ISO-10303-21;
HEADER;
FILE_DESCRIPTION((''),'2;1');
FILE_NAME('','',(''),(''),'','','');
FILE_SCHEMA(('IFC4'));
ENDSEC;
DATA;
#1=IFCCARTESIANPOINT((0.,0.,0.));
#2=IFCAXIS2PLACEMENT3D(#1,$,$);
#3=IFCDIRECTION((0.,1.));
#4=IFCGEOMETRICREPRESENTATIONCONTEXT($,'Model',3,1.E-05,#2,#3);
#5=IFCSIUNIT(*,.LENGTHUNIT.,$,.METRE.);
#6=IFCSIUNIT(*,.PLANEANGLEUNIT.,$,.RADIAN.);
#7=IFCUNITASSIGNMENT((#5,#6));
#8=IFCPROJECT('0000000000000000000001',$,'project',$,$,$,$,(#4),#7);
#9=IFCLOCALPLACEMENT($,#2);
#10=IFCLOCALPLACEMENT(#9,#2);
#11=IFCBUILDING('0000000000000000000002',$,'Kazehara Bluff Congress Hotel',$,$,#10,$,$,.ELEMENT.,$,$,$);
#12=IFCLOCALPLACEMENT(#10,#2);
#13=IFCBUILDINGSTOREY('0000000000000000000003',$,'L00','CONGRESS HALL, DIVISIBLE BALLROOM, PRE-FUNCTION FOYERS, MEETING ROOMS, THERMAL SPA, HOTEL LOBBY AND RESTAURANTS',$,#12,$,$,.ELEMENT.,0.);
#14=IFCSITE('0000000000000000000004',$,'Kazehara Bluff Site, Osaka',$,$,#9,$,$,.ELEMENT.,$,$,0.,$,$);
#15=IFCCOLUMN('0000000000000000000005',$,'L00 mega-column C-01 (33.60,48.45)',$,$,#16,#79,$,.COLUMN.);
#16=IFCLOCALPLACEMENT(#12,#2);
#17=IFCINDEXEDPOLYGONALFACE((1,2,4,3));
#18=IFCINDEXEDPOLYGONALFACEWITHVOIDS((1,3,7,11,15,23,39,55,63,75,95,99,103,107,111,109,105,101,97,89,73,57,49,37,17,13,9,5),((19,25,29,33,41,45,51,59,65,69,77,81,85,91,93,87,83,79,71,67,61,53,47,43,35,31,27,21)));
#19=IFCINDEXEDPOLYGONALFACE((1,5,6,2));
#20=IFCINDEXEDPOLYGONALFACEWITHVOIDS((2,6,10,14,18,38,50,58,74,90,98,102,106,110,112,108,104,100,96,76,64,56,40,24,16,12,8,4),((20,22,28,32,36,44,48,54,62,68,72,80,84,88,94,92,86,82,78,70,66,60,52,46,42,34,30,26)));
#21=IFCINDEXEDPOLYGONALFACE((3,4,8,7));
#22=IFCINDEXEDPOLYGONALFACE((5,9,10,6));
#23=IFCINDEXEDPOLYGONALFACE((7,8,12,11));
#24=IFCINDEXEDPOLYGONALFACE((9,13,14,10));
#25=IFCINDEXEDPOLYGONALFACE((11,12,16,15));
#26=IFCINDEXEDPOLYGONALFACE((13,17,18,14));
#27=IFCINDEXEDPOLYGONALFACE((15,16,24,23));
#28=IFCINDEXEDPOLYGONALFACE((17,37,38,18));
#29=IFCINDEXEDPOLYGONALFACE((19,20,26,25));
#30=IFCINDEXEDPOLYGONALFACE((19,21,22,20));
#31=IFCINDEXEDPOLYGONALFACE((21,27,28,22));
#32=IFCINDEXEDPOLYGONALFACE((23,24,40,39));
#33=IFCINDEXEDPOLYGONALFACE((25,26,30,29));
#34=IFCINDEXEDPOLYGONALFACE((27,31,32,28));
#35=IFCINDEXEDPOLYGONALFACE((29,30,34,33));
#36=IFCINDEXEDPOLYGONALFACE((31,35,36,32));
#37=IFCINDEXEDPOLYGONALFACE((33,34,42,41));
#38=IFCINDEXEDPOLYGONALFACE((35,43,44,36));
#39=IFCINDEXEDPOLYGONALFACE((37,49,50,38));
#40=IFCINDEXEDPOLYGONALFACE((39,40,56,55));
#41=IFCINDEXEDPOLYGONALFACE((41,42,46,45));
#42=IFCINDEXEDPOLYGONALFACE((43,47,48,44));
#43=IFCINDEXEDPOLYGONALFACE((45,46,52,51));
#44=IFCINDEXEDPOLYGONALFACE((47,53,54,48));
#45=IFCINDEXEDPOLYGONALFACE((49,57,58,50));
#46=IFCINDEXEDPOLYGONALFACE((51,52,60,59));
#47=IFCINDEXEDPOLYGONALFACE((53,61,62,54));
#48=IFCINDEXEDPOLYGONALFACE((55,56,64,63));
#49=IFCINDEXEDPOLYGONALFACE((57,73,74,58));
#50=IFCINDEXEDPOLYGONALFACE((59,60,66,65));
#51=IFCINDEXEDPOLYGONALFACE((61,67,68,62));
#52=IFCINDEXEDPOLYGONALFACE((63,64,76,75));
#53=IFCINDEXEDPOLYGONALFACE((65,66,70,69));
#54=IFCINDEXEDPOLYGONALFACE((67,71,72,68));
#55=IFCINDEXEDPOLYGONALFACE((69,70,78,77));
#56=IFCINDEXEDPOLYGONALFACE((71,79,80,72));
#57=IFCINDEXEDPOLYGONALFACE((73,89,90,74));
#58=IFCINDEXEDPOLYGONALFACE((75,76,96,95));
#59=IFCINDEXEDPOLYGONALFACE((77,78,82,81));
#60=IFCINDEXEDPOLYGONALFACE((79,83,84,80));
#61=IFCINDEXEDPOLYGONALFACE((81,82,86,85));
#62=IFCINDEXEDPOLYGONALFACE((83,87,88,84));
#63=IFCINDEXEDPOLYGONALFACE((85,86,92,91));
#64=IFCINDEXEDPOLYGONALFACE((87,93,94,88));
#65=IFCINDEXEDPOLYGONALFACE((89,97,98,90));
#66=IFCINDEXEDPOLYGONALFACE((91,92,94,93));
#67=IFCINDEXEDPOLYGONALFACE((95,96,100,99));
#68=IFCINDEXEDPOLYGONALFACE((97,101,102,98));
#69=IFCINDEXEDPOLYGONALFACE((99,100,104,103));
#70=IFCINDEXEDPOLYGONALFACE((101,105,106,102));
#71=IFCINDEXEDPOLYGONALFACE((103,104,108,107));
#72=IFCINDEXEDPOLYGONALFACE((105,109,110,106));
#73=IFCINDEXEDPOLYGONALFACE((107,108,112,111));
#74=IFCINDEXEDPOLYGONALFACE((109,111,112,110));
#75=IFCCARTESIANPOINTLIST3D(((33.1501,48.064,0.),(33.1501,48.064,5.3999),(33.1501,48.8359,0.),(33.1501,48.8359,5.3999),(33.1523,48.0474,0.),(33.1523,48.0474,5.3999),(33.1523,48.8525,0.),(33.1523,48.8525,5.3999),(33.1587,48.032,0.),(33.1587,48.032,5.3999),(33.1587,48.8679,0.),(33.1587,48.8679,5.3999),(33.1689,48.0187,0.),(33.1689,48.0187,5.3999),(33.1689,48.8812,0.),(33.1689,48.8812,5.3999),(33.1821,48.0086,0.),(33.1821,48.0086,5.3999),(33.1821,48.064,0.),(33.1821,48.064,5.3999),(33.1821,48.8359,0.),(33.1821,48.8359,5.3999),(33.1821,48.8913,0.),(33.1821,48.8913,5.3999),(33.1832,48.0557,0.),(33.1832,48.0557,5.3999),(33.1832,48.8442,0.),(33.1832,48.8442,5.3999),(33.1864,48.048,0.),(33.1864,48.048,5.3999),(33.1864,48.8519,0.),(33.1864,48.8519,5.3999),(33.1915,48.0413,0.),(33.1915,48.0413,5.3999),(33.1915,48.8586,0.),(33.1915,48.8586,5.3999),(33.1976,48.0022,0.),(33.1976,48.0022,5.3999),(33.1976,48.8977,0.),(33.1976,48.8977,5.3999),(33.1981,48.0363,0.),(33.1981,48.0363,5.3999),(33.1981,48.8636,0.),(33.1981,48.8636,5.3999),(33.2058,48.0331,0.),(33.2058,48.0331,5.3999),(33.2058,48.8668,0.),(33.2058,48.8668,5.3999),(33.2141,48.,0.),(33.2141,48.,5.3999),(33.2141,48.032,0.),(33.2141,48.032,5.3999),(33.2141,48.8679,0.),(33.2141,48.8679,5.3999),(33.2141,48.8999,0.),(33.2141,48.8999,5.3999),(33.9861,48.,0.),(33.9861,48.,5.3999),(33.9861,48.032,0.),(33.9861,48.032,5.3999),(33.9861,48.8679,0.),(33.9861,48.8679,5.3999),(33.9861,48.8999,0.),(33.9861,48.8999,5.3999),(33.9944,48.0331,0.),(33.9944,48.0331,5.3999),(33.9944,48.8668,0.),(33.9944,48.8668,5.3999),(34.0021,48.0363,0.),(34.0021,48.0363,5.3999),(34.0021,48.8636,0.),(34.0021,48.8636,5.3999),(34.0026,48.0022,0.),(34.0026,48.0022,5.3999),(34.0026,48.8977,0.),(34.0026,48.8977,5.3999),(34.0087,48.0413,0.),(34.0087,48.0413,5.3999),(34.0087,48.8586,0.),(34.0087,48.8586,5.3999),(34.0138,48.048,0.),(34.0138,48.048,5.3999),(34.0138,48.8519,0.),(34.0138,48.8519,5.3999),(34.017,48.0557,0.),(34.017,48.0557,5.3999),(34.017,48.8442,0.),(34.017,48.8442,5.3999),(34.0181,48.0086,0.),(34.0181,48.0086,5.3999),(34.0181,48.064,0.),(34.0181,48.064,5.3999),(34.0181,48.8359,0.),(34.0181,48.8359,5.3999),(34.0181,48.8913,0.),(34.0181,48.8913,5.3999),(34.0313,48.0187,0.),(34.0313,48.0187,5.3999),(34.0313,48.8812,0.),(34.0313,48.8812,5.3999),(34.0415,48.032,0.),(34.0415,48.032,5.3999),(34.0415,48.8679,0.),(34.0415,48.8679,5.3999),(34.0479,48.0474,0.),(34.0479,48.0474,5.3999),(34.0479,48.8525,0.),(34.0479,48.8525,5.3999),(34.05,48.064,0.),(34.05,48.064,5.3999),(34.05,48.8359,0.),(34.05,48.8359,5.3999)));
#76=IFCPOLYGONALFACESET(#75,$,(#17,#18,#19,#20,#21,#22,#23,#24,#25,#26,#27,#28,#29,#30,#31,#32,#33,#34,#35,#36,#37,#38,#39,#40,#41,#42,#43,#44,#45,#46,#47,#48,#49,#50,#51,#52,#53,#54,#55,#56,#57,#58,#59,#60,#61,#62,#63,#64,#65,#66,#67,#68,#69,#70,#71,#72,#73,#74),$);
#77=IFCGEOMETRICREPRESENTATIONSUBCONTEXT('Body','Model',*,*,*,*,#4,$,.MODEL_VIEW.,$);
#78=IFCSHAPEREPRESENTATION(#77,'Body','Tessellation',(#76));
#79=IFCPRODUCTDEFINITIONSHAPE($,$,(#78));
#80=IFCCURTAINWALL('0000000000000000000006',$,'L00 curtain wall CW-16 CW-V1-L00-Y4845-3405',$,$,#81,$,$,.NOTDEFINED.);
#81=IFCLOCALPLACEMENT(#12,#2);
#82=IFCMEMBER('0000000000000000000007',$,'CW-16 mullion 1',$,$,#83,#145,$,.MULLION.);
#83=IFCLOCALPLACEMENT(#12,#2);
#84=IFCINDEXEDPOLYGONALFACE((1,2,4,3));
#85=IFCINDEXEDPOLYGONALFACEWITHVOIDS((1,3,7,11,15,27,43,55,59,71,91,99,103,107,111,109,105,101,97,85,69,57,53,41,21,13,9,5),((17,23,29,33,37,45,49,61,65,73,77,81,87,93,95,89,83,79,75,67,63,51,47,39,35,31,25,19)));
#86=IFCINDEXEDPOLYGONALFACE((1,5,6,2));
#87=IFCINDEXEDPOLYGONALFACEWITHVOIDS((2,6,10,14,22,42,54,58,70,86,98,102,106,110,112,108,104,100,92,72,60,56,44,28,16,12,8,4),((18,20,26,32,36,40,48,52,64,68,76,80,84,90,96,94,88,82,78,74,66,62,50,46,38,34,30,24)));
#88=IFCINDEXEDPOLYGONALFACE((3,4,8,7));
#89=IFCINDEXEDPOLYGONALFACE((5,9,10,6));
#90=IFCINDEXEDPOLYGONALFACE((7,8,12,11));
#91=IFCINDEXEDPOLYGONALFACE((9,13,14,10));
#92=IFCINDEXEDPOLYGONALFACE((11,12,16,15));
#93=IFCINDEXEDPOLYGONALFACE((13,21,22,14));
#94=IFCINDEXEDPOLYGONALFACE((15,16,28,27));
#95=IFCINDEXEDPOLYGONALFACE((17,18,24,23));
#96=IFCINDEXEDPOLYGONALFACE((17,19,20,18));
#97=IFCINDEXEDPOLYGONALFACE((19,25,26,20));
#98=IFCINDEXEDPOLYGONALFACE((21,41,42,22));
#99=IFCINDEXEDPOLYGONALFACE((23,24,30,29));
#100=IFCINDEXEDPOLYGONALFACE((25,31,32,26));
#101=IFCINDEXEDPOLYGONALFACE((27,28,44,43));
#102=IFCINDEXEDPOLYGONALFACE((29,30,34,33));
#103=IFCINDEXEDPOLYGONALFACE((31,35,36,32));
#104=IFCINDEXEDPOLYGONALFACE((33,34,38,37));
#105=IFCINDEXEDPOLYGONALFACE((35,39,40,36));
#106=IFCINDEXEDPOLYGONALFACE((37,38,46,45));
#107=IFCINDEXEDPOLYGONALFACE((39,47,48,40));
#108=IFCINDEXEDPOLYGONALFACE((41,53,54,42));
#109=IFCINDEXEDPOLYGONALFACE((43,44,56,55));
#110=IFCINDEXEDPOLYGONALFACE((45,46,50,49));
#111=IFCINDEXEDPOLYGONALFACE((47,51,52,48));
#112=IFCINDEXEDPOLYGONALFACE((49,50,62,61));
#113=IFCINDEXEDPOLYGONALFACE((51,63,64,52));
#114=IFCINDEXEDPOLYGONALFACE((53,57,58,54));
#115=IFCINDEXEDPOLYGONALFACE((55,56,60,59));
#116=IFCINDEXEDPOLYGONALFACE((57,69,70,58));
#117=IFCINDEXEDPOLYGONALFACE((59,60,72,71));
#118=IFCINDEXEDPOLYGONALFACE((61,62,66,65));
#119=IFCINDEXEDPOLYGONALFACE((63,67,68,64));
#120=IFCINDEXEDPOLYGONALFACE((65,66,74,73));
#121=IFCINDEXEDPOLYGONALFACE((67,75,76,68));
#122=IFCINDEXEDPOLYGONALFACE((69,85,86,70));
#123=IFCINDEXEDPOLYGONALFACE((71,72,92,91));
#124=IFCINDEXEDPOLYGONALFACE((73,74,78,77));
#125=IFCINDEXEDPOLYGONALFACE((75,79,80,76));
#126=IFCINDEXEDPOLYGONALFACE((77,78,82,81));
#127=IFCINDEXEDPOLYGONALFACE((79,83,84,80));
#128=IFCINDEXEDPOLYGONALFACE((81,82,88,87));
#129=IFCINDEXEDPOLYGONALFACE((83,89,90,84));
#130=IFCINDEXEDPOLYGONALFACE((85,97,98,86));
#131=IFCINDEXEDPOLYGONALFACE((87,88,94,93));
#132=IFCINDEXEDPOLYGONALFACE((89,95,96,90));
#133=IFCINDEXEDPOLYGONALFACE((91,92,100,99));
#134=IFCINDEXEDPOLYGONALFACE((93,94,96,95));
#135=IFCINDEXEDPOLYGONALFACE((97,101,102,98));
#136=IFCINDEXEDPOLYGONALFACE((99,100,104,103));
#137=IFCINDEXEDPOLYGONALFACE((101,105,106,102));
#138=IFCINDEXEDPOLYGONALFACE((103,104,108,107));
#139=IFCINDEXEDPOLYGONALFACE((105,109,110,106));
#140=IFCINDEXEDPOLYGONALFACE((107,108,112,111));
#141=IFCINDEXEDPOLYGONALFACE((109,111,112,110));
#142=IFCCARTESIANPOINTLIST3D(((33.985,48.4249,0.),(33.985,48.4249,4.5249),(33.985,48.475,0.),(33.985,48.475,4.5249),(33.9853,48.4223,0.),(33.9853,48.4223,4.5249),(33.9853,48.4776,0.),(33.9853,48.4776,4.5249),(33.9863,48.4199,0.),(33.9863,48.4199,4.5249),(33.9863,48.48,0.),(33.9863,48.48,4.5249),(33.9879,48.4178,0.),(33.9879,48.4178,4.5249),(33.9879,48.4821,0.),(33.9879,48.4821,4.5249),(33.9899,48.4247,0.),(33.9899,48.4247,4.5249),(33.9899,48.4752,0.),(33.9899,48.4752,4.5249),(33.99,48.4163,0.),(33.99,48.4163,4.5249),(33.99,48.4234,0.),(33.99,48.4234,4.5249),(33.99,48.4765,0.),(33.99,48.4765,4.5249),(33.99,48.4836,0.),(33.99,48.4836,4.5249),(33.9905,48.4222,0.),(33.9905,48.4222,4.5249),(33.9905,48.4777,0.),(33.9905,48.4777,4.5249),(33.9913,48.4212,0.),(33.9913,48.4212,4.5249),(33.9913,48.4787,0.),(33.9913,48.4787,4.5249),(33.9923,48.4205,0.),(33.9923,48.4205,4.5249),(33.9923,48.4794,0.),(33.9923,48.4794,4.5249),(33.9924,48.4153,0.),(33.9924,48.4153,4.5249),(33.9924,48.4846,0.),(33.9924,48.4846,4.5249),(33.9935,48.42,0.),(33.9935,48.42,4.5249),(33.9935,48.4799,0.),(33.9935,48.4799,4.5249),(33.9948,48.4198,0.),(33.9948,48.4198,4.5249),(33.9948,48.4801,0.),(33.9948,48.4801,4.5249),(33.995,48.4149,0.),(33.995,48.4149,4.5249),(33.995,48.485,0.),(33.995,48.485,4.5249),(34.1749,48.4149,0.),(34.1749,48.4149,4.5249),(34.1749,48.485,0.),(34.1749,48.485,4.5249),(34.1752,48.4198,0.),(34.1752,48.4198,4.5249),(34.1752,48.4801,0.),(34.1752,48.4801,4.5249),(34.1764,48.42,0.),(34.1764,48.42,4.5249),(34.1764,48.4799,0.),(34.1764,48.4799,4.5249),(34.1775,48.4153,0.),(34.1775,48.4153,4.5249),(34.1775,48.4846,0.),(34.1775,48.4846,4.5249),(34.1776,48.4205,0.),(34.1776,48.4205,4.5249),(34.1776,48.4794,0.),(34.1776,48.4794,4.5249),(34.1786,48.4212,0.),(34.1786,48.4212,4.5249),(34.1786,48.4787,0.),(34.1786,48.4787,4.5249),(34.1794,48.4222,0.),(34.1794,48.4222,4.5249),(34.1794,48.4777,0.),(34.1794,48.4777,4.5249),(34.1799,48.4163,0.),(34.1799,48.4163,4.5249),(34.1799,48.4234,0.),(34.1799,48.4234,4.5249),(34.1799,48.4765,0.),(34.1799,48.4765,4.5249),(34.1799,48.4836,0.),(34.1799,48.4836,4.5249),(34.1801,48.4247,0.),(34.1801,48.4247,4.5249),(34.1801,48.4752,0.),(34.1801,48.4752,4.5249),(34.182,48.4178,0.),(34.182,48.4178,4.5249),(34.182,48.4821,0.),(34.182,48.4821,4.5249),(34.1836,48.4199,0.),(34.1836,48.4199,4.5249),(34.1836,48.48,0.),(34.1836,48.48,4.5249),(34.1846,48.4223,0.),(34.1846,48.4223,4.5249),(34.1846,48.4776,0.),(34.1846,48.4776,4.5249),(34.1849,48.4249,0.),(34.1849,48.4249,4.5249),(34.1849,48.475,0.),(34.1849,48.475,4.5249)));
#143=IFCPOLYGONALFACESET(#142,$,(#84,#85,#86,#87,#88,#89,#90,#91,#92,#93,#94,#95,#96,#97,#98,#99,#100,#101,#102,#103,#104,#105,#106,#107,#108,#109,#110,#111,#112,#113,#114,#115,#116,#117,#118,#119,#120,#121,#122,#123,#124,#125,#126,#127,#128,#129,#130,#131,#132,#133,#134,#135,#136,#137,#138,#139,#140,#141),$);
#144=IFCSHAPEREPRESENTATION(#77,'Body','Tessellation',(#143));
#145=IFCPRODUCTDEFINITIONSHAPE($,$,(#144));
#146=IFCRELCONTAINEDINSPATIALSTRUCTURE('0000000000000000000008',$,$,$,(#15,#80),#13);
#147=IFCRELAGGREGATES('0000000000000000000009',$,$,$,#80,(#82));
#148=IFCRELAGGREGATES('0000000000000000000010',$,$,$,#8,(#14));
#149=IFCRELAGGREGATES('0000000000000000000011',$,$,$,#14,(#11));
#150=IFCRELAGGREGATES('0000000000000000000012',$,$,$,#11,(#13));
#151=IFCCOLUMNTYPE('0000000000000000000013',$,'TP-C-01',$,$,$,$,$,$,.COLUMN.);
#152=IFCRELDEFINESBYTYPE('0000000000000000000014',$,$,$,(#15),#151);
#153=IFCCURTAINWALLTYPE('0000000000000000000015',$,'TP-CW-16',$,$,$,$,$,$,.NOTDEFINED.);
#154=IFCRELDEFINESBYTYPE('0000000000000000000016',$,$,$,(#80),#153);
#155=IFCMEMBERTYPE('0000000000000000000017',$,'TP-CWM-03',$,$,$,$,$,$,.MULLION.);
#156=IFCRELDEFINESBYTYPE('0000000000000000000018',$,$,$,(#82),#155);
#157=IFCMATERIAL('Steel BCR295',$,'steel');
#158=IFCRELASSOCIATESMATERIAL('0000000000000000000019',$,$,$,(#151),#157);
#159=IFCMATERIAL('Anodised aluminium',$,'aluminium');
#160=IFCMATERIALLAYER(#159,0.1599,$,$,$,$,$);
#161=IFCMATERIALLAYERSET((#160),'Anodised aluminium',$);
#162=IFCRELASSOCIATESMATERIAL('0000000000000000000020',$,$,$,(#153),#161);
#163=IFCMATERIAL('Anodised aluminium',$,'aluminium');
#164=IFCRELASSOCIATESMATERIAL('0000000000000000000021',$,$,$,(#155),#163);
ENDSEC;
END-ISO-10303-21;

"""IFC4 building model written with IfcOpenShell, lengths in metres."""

from ifc_helpers import new_model, si_unit, direction, frame, origin, origin_2d, place, context, subcontext, project, spatial, hollow_rectangle, extrude, material, layer, layer_set, material_profile, profile_set, type_object, element, aggregate, save


model = new_model("IFC4")

# Units and contexts
model_context = context("Model", 3, precision=1e-05, world=origin(), true_north=direction((0.0, 1.0)))
body_context = subcontext(model_context, "Body", "Model", "MODEL_VIEW")
ifc_project = project(units=[si_unit("LENGTHUNIT", "METRE"), si_unit("PLANEANGLEUNIT", "RADIAN")], contexts=[model_context])

# Site, building, storey
site_placement = place(None, origin())
site = spatial("IfcSite", under=ifc_project, at=site_placement, Name="Kazehara Bluff Site, Osaka", CompositionType="ELEMENT", RefElevation=0.0)
building_placement = place(site_placement, origin())
building = spatial("IfcBuilding", under=site, at=building_placement, Name="Kazehara Bluff Congress Hotel", CompositionType="ELEMENT")
storey_placement = place(building_placement, origin())
storey = spatial("IfcBuildingStorey", under=building, at=storey_placement, Name="L00", Description="CONGRESS HALL, DIVISIBLE BALLROOM, PRE-FUNCTION FOYERS, MEETING ROOMS, THERMAL SPA, HOTEL LOBBY AND RESTAURANTS", CompositionType="ELEMENT", Elevation=0.0)

# Column
ifc_material_1 = material(Name="Steel BCR295", Category="steel")
ifc_material_profile_1 = material_profile(ifc_material_1, hollow_rectangle(XDim=0.8999, YDim=0.8999, WallThickness=0.032, InnerFilletRadius=0.032, OuterFilletRadius=0.064, at=origin_2d()))
ifc_profile_set_1 = profile_set([ifc_material_profile_1], Name="Steel BCR295")
column_type = type_object("IfcColumnType", Name="TP-C-01", PredefinedType="COLUMN", material=ifc_profile_set_1)
column_placement = place(storey_placement, frame((33.6001, 48.45, 0.0), z_axis=(0.0, 0.0, 1.0), x_axis=(1.0, 0.0, 0.0)))
element("IfcColumn", 1, at=column_placement, inside=storey, type_object=column_type, Name="L00 mega-column C-01 (33.60,48.45)", PredefinedType="COLUMN", context=body_context, shape_type="SweptSolid", body=[
    extrude(hollow_rectangle(XDim=0.8999, YDim=0.8999, WallThickness=0.032, InnerFilletRadius=0.032, OuterFilletRadius=0.064, at=origin_2d()), origin(), (0.0, 0.0, 1.0), 5.3999),
])

# Curtain wall, member
ifc_material_2 = material(Name="Anodised aluminium", Category="aluminium")
ifc_layer_1 = layer(ifc_material_2, 0.1599)
ifc_layer_set_1 = layer_set([ifc_layer_1], Name="Anodised aluminium")
curtain_wall_type = type_object("IfcCurtainWallType", Name="TP-CW-16", PredefinedType="NOTDEFINED", material=ifc_layer_set_1)
curtain_wall_placement = place(storey_placement, origin())
curtain_wall = element("IfcCurtainWall", 2, at=curtain_wall_placement, inside=storey, type_object=curtain_wall_type, Name="L00 curtain wall CW-16 CW-V1-L00-Y4845-3405", PredefinedType="NOTDEFINED")
ifc_material_3 = material(Name="Anodised aluminium", Category="aluminium")
ifc_material_profile_2 = material_profile(ifc_material_3, hollow_rectangle(XDim=0.0701, YDim=0.2, WallThickness=0.0049, InnerFilletRadius=0.0049, OuterFilletRadius=0.01, at=origin_2d()))
ifc_profile_set_2 = profile_set([ifc_material_profile_2], Name="Anodised aluminium")
member_type_1 = type_object("IfcMemberType", Name="TP-CWM-03", PredefinedType="MULLION", material=ifc_profile_set_2)
member_1_placement = place(storey_placement, frame((34.085, 48.45, 0.0), z_axis=(0.0, 0.0, 1.0), x_axis=(0.0, 1.0, 0.0)))
member_1 = element("IfcMember", 3, at=member_1_placement, type_object=member_type_1, Name="CW-16 mullion 1", PredefinedType="MULLION", context=body_context, shape_type="SweptSolid", body=[
    extrude(hollow_rectangle(XDim=0.0701, YDim=0.2, WallThickness=0.0049, InnerFilletRadius=0.0049, OuterFilletRadius=0.01, at=origin_2d()), origin(), (0.0, 0.0, 1.0), 4.5249),
])

aggregate(curtain_wall, [member_1])

save(model, "model.ifc")
